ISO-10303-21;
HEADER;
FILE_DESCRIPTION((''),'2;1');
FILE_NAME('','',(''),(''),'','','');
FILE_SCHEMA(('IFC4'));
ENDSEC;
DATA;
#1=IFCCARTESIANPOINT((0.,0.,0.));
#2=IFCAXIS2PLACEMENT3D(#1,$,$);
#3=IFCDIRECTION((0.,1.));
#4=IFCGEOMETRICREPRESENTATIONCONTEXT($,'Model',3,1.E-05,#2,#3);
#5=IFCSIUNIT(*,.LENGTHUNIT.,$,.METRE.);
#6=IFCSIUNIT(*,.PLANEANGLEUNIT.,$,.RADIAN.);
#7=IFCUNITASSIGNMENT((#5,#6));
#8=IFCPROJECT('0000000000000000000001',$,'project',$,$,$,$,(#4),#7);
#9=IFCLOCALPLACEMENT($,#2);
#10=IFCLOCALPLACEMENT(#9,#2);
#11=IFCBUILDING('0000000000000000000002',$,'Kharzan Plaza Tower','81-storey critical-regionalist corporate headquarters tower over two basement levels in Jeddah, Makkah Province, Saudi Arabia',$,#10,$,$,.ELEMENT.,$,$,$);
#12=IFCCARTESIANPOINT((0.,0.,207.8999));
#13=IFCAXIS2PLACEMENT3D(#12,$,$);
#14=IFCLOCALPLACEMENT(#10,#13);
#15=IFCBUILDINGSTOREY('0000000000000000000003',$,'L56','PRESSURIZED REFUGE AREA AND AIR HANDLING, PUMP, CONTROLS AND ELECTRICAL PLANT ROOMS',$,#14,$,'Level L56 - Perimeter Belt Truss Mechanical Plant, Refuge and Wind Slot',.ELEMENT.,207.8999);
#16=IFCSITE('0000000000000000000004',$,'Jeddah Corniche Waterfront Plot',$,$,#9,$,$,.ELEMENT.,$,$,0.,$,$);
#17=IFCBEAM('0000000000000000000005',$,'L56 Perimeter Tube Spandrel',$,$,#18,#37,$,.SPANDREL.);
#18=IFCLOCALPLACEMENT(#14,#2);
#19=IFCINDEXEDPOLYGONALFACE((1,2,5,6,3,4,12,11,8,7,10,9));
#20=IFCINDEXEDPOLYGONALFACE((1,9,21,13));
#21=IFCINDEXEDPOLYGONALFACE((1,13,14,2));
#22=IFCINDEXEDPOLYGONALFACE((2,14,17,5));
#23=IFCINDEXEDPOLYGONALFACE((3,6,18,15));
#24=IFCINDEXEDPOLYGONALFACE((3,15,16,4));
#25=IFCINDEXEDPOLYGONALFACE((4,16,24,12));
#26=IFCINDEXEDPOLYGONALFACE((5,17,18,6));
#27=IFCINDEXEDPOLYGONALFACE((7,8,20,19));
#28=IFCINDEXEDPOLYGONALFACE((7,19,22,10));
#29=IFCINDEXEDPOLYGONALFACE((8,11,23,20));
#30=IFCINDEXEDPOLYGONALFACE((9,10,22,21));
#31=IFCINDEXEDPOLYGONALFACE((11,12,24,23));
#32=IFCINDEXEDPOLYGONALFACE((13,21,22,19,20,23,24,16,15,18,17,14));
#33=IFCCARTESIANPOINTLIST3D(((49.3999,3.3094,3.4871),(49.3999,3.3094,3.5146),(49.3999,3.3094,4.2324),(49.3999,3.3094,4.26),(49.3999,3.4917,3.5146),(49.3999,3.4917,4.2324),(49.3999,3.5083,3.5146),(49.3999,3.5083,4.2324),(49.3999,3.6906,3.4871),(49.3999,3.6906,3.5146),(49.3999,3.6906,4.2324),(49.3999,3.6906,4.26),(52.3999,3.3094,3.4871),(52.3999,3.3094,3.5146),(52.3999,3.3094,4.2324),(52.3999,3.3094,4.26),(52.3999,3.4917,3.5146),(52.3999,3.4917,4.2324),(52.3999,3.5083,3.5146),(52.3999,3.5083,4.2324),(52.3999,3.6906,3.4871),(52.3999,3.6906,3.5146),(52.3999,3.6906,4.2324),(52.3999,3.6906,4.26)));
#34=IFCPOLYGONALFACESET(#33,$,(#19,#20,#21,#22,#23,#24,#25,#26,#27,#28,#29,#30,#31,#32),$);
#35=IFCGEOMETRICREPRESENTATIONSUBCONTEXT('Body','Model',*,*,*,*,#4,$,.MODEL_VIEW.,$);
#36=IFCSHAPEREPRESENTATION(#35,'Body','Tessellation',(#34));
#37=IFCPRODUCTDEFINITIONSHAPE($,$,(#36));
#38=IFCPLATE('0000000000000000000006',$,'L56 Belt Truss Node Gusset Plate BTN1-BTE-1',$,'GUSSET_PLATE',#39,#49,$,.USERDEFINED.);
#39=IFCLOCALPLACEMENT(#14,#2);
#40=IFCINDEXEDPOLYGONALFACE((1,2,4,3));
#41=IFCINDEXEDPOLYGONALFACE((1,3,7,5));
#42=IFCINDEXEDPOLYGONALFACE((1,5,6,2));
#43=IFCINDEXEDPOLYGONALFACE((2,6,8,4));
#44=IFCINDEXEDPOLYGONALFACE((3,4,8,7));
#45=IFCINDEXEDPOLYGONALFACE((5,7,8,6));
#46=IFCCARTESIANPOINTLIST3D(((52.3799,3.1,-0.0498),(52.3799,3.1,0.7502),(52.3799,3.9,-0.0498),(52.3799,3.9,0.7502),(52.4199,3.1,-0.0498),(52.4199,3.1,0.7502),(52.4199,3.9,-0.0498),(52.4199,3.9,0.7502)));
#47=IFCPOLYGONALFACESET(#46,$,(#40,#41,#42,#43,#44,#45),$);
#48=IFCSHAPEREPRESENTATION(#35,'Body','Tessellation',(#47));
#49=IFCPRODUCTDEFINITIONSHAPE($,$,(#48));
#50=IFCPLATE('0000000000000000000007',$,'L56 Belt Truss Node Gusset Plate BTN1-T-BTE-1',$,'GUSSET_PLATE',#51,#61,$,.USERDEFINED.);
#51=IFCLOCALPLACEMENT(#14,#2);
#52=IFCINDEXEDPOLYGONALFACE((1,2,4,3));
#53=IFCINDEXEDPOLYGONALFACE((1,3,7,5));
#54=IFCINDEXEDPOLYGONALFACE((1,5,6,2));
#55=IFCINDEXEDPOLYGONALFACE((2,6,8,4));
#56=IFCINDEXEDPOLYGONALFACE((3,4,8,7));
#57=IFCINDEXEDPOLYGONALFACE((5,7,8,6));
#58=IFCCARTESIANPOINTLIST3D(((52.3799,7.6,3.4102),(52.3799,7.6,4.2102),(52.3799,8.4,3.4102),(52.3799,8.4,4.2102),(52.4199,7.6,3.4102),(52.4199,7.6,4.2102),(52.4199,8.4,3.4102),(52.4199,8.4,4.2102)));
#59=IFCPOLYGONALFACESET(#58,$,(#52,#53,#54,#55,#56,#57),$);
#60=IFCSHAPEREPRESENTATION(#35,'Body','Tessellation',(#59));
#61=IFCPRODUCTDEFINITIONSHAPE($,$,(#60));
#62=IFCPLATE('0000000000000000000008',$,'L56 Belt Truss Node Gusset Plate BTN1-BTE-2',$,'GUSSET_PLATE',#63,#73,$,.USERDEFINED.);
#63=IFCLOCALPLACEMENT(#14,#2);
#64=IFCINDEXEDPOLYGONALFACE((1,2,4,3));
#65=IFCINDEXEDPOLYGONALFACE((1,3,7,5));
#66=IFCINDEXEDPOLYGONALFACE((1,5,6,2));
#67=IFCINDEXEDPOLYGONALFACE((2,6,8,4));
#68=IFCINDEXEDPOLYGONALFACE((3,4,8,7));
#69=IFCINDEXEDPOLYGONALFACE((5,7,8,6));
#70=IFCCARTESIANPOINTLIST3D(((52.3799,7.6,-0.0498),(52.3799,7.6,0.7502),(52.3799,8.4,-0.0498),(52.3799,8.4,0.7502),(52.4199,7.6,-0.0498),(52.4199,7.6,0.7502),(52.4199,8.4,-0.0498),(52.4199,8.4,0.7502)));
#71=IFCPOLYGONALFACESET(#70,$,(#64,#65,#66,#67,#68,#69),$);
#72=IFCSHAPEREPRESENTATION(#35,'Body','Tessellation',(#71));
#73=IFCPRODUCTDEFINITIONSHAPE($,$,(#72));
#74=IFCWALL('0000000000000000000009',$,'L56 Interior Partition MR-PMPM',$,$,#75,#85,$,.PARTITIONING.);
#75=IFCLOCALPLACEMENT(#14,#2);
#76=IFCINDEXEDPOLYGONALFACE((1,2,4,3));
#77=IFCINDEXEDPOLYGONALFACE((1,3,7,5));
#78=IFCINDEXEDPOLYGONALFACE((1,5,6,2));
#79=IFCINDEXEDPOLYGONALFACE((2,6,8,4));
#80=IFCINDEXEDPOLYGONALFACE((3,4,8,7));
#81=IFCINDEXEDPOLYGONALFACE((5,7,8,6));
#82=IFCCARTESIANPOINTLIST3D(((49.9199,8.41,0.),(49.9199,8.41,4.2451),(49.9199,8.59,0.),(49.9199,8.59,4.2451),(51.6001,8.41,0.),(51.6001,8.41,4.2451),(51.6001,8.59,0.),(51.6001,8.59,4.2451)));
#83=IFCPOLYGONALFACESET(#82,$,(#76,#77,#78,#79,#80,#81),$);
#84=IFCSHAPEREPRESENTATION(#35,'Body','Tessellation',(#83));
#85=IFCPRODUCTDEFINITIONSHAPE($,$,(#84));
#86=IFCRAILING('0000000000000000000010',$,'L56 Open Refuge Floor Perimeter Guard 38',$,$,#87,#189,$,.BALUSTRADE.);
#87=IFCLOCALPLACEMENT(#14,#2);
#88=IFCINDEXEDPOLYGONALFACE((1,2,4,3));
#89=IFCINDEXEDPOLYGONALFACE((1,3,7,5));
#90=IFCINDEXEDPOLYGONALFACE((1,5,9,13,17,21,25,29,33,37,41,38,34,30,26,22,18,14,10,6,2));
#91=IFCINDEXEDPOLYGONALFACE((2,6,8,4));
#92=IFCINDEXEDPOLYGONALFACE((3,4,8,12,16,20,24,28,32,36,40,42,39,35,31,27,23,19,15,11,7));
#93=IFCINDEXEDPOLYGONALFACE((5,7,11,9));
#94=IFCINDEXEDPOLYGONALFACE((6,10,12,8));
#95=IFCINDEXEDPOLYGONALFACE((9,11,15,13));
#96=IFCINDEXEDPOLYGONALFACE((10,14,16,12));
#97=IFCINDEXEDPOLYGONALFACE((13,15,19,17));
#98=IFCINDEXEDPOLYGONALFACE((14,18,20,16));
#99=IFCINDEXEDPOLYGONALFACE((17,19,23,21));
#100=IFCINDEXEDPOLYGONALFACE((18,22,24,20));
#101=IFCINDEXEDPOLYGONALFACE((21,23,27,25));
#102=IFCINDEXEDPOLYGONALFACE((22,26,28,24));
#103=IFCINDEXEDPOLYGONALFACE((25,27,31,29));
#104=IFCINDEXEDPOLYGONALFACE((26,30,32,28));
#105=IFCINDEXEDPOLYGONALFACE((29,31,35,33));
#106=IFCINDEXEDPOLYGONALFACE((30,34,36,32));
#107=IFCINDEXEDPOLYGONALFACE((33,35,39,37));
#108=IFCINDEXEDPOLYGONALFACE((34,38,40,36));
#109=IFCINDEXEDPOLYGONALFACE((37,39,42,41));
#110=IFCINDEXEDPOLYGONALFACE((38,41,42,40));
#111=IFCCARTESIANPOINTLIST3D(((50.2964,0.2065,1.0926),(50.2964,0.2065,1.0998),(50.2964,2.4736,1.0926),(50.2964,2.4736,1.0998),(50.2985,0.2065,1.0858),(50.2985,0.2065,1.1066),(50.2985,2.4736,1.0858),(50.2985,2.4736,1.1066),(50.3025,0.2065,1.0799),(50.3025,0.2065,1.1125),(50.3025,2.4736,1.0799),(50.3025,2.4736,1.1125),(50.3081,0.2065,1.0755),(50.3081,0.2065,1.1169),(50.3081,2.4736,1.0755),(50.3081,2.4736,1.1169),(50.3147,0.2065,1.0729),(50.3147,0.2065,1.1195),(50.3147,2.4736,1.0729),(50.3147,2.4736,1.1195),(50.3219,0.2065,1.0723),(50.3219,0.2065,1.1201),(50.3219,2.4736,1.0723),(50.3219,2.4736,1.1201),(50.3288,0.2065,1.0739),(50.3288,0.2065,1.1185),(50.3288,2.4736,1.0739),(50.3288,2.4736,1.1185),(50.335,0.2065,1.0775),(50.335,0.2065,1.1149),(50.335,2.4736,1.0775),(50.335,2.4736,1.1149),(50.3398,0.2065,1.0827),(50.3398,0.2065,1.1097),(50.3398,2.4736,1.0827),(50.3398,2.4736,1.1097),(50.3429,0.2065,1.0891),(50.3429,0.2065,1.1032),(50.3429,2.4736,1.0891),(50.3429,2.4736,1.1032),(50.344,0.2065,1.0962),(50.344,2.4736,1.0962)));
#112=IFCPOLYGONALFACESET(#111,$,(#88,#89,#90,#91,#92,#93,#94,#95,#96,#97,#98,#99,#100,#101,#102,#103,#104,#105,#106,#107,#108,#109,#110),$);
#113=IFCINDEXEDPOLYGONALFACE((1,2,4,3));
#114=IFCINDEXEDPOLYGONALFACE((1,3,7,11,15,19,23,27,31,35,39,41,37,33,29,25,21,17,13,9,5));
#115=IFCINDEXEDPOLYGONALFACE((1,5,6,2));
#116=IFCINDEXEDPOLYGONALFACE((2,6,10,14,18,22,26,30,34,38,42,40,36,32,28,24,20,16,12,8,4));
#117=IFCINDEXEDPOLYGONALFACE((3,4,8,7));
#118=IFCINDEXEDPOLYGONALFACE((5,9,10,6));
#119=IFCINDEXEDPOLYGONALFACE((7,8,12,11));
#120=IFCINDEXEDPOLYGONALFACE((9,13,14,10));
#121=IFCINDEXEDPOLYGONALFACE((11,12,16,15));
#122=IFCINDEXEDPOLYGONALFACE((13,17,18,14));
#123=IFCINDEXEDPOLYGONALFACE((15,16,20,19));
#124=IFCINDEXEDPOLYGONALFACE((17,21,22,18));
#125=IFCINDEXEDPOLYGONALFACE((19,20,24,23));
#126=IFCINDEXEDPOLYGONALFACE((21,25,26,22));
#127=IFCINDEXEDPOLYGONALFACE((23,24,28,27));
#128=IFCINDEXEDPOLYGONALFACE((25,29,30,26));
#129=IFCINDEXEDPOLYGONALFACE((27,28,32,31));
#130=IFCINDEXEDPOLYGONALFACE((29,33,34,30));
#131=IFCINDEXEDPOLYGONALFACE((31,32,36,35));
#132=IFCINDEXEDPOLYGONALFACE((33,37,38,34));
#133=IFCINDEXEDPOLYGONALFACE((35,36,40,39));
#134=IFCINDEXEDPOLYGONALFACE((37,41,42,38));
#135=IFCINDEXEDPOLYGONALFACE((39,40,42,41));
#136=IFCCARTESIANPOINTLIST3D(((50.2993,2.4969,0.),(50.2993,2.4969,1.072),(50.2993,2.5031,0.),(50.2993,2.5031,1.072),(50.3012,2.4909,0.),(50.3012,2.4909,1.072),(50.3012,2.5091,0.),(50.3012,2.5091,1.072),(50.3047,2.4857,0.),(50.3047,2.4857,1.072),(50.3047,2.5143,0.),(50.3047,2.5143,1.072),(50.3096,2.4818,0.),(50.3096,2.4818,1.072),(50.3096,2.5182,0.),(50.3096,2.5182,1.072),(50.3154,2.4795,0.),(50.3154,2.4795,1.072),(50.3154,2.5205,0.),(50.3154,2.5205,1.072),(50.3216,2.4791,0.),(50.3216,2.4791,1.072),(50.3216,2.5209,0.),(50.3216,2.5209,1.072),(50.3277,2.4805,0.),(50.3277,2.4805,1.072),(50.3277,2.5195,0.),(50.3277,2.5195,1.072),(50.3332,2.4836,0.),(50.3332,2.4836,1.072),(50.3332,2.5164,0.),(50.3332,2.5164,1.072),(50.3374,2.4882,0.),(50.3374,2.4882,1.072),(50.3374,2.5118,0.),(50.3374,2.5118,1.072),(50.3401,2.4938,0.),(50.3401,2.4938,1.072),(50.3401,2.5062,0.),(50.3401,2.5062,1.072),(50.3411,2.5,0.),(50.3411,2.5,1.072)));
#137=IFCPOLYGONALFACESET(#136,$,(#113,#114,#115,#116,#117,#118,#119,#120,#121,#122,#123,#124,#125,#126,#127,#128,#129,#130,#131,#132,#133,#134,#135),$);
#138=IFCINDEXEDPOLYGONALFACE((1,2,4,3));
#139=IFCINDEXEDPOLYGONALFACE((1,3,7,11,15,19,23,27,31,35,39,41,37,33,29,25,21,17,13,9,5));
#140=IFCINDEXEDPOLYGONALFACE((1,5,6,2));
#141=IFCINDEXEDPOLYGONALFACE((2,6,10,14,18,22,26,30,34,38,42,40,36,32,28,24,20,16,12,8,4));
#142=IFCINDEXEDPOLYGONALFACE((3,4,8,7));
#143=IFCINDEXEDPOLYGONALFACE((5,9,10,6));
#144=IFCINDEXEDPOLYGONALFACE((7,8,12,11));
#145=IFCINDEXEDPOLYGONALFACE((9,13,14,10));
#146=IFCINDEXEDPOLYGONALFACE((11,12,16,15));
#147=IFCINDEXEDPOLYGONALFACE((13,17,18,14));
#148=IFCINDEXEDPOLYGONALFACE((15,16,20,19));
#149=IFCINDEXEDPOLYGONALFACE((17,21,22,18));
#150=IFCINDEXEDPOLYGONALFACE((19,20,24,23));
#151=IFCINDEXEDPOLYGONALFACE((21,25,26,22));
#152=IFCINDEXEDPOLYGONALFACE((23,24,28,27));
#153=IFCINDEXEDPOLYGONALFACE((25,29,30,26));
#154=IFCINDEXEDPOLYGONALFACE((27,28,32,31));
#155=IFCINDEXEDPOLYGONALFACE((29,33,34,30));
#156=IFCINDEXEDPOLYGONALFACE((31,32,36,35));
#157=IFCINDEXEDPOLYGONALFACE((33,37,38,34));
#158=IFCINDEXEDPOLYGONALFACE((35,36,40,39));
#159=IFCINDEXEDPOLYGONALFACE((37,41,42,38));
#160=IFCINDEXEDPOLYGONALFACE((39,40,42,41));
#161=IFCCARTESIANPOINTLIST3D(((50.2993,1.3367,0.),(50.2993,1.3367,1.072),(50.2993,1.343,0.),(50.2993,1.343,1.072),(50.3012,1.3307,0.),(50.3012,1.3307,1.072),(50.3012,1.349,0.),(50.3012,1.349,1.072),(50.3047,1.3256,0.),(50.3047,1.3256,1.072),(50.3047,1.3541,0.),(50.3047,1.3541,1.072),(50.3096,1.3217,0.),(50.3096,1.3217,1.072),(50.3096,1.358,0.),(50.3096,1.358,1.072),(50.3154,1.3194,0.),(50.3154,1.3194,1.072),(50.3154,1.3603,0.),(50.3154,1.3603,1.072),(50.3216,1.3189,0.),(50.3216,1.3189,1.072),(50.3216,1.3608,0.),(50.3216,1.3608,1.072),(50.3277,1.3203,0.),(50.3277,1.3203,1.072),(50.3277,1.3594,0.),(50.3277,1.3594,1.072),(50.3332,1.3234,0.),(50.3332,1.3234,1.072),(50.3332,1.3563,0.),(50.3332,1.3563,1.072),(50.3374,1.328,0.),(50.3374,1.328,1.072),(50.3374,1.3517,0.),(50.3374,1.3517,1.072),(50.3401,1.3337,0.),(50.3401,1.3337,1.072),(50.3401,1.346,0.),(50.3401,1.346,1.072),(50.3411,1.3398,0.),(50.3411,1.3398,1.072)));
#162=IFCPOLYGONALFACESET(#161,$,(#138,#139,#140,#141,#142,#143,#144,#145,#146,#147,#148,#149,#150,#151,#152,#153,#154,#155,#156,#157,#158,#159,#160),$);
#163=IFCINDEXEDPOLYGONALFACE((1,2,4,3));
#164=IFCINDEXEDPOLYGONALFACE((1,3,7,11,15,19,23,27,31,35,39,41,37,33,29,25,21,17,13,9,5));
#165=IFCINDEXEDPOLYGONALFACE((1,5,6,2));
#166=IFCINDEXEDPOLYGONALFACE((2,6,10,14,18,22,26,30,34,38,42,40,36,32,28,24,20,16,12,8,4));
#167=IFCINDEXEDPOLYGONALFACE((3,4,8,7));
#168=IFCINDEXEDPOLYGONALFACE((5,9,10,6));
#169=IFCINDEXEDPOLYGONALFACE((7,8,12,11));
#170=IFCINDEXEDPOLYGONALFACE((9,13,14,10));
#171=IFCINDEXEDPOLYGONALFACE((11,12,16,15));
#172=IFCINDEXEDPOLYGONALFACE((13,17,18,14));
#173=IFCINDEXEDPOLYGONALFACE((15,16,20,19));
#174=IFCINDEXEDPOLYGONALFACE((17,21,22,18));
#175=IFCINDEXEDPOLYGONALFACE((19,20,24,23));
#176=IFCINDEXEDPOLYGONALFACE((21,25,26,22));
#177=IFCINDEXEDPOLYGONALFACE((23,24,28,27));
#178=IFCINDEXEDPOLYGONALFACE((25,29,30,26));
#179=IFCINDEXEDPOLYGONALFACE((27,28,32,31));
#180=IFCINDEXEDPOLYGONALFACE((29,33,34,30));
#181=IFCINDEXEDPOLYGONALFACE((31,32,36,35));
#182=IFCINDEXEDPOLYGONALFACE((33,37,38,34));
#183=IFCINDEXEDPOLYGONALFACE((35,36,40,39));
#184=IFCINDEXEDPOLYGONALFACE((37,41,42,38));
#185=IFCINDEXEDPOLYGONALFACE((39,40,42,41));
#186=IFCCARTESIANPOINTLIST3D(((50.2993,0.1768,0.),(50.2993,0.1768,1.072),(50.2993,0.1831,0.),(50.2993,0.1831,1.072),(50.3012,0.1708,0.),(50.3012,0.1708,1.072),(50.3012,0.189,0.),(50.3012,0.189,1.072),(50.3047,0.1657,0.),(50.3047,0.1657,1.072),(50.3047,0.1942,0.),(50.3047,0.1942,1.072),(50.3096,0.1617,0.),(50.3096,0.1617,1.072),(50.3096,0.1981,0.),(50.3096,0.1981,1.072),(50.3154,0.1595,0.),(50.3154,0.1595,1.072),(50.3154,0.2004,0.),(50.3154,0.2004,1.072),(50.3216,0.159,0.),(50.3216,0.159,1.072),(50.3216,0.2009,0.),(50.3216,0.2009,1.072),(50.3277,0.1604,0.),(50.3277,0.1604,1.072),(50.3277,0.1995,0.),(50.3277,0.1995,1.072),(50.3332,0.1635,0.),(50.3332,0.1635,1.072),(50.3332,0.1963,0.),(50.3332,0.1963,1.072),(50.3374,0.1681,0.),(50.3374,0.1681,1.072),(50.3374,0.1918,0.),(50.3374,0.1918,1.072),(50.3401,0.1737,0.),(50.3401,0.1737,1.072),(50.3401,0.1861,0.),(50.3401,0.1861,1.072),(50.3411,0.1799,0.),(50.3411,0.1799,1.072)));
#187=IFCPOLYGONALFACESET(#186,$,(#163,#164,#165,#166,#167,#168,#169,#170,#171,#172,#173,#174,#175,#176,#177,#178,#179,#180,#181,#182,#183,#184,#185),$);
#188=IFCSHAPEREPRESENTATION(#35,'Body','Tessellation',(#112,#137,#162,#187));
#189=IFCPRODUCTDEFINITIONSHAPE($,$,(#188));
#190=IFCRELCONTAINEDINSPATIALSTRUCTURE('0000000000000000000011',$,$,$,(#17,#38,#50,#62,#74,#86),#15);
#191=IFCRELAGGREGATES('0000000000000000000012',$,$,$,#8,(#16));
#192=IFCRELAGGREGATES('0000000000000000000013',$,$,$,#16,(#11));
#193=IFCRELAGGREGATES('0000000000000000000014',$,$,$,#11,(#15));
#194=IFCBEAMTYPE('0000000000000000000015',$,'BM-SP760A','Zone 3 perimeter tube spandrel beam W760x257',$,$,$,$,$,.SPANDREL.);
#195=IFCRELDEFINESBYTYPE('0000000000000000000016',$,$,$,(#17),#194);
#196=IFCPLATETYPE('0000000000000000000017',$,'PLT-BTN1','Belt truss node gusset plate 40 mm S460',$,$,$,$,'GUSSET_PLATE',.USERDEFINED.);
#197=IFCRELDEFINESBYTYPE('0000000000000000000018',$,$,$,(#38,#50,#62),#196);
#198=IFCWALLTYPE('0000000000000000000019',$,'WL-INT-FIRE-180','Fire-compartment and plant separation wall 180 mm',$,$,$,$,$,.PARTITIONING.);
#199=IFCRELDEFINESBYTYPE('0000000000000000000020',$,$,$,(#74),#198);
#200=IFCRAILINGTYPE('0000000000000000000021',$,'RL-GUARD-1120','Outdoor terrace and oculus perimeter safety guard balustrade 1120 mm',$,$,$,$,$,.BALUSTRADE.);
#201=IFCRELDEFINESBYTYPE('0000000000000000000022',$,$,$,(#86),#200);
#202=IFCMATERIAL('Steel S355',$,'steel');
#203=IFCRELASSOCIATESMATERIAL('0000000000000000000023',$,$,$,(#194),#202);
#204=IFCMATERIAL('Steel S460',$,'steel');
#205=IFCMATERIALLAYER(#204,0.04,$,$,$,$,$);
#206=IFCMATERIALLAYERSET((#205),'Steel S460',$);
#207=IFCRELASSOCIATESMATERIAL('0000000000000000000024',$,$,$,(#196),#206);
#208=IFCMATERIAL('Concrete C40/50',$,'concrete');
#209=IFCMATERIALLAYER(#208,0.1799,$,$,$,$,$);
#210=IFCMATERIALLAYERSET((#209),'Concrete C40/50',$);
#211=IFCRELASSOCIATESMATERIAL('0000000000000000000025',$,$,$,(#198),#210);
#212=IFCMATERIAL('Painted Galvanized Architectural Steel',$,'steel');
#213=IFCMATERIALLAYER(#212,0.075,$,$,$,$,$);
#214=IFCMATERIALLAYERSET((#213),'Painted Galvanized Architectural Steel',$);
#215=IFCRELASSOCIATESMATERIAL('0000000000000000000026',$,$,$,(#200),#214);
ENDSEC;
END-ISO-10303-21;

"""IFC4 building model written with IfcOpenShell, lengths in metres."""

from ifc_helpers import new_model, si_unit, direction, frame, frame_2d, origin, origin_2d, place, context, subcontext, project, spatial, rectangle, circle, i_section, extrude, source, transform, mapped, material, layer, layer_set, material_profile, profile_set, type_object, element, save


model = new_model("IFC4")

# Units and contexts
model_context = context("Model", 3, precision=1e-05, world=origin(), true_north=direction((0.0, 1.0)))
body_context = subcontext(model_context, "Body", "Model", "MODEL_VIEW")
ifc_project = project(units=[si_unit("LENGTHUNIT", "METRE"), si_unit("PLANEANGLEUNIT", "RADIAN")], contexts=[model_context])

# Site, building, storey
site_placement = place(None, origin())
site = spatial("IfcSite", under=ifc_project, at=site_placement, Name="Jeddah Corniche Waterfront Plot", CompositionType="ELEMENT", RefElevation=0.0)
building_placement = place(site_placement, origin())
building = spatial("IfcBuilding", under=site, at=building_placement, Name="Kharzan Plaza Tower", Description="81-storey critical-regionalist corporate headquarters tower over two basement levels in Jeddah, Makkah Province, Saudi Arabia", CompositionType="ELEMENT")
storey_placement = place(building_placement, frame((0.0, 0.0, 207.8999)))
storey = spatial("IfcBuildingStorey", under=building, at=storey_placement, Name="L56", Description="PRESSURIZED REFUGE AREA AND AIR HANDLING, PUMP, CONTROLS AND ELECTRICAL PLANT ROOMS", LongName="Level L56 - Perimeter Belt Truss Mechanical Plant, Refuge and Wind Slot", CompositionType="ELEMENT", Elevation=207.8999)

# Shared definitions
ifc_material_1 = material(Name="Steel S355", Category="steel")

# Beam
ifc_material_profile_1 = material_profile(ifc_material_1, i_section(OverallWidth=0.3811, OverallDepth=0.7729, WebThickness=0.0166, FlangeThickness=0.0276, at=origin_2d()), Name="W760x257")
ifc_profile_set_1 = profile_set([ifc_material_profile_1], Name="Steel S355")
beam_type_1 = type_object("IfcBeamType", Name="BM-SP760A", Description="Zone 3 perimeter tube spandrel beam W760x257", PredefinedType="SPANDREL", material=ifc_profile_set_1)
shared_shape_1 = source(origin(), body_context, "Body", "SweptSolid", [
    extrude(i_section(OverallWidth=0.3811, OverallDepth=0.7729, WebThickness=0.0166, FlangeThickness=0.0276, at=origin_2d()), origin(), (0.0, 0.0, 1.0), 3.0),
])
beam_1_placement = place(storey_placement, frame((49.3999, 3.5, 3.8735), z_axis=(1.0, 0.0, 0.0), x_axis=(0.0, 1.0, 0.0)))
element("IfcBeam", 1, at=beam_1_placement, inside=storey, type_object=beam_type_1, Name="L56 Perimeter Tube Spandrel", PredefinedType="SPANDREL", context=body_context, shape_type="MappedRepresentation", body=[
    mapped(shared_shape_1, transform((0.0, 0.0, 0.0), x_axis=(1.0, 0.0, 0.0), y_axis=(0.0, 1.0, 0.0), z_axis=(0.0, 0.0, 1.0))),
])

# Plates
ifc_material_2 = material(Name="Steel S460", Category="steel")
ifc_layer_1 = layer(ifc_material_2, 0.04)
ifc_layer_set_1 = layer_set([ifc_layer_1], Name="Steel S460")
plate_type = type_object("IfcPlateType", Name="PLT-BTN1", Description="Belt truss node gusset plate 40 mm S460", ElementType="GUSSET_PLATE", PredefinedType="USERDEFINED", material=ifc_layer_set_1)
shared_shape_2 = source(origin(), body_context, "Body", "SweptSolid", [
    extrude(rectangle(XDim=0.8, YDim=0.04, at=origin_2d()), origin(), (0.0, 0.0, 1.0), 0.8),
])
for number, where, z_axis, x_axis, name in (
    (2, (52.3999, 3.5, -0.0498), (0.0, 0.0, 1.0), (0.0, 1.0, 0.0), "L56 Belt Truss Node Gusset Plate BTN1-BTE-1"),
    (3, (52.3999, 8.0, 3.4102), (0.0, 0.0, 1.0), (0.0, 1.0, 0.0), "L56 Belt Truss Node Gusset Plate BTN1-T-BTE-1"),
    (4, (52.3999, 8.0, -0.0498), (0.0, 0.0, 1.0), (0.0, 1.0, 0.0), "L56 Belt Truss Node Gusset Plate BTN1-BTE-2"),
):
    element("IfcPlate", number, at=place(storey_placement, frame(where, z_axis=z_axis, x_axis=x_axis)), inside=storey, type_object=plate_type, Name=name, ObjectType="GUSSET_PLATE", PredefinedType="USERDEFINED", context=body_context, shape_type="MappedRepresentation", body=[
        mapped(shared_shape_2, transform((0.0, 0.0, 0.0), x_axis=(1.0, 0.0, 0.0), y_axis=(0.0, 1.0, 0.0), z_axis=(0.0, 0.0, 1.0))),
    ])

# Wall
ifc_material_3 = material(Name="Concrete C40/50", Category="concrete")
ifc_layer_2 = layer(ifc_material_3, 0.1799)
ifc_layer_set_2 = layer_set([ifc_layer_2], Name="Concrete C40/50")
wall_type = type_object("IfcWallType", Name="WL-INT-FIRE-180", Description="Fire-compartment and plant separation wall 180 mm", PredefinedType="PARTITIONING", material=ifc_layer_set_2)
shared_shape_3 = source(origin(), body_context, "Body", "SweptSolid", [
    extrude(rectangle(XDim=1.6802, YDim=0.1799, at=frame_2d((0.8401, 0.0))), origin(), (0.0, 0.0, 1.0), 4.2451),
])
wall_placement = place(storey_placement, frame((49.9199, 8.5, 0.0), z_axis=(0.0, 0.0, 1.0), x_axis=(1.0, 0.0, 0.0)))
element("IfcWall", 5, at=wall_placement, inside=storey, type_object=wall_type, Name="L56 Interior Partition MR-PMPM", PredefinedType="PARTITIONING", context=body_context, shape_type="MappedRepresentation", body=[
    mapped(shared_shape_3, transform((0.0, 0.0, 0.0), x_axis=(1.0, 0.0, 0.0), y_axis=(0.0, 1.0, 0.0), z_axis=(0.0, 0.0, 1.0))),
])

# Railing
ifc_material_4 = material(Name="Painted Galvanized Architectural Steel", Category="steel")
ifc_layer_3 = layer(ifc_material_4, 0.075)
ifc_layer_set_3 = layer_set([ifc_layer_3], Name="Painted Galvanized Architectural Steel")
railing_type = type_object("IfcRailingType", Name="RL-GUARD-1120", Description="Outdoor terrace and oculus perimeter safety guard balustrade 1120 mm", PredefinedType="BALUSTRADE", material=ifc_layer_set_3)
shared_shape_4 = source(origin(), body_context, "Body", "SweptSolid", [
    extrude(circle(Radius=0.0239, at=origin_2d()), frame((0.0, -0.0264, 1.0962), z_axis=(0.0, -1.0, 0.0), x_axis=(1.0, 0.0, 0.0)), (0.0, 0.0, 1.0), 2.2671),
    extrude(circle(Radius=0.021, at=origin_2d()), origin(), (0.0, 0.0, 1.0), 1.072),
    extrude(circle(Radius=0.021, at=origin_2d()), frame((0.0, -1.1602, 0.0)), (0.0, 0.0, 1.0), 1.072),
    extrude(circle(Radius=0.021, at=origin_2d()), frame((0.0, -2.3201, 0.0)), (0.0, 0.0, 1.0), 1.072),
])
railing_1_placement = place(storey_placement, frame((50.3201, 2.5, 0.0)))
element("IfcRailing", 6, at=railing_1_placement, inside=storey, type_object=railing_type, Name="L56 Open Refuge Floor Perimeter Guard 38", PredefinedType="BALUSTRADE", context=body_context, shape_type="MappedRepresentation", body=[
    mapped(shared_shape_4, transform((0.0, 0.0, 0.0), x_axis=(1.0, 0.0, 0.0), y_axis=(0.0, 1.0, 0.0), z_axis=(0.0, 0.0, 1.0))),
])

save(model, "model.ifc")
